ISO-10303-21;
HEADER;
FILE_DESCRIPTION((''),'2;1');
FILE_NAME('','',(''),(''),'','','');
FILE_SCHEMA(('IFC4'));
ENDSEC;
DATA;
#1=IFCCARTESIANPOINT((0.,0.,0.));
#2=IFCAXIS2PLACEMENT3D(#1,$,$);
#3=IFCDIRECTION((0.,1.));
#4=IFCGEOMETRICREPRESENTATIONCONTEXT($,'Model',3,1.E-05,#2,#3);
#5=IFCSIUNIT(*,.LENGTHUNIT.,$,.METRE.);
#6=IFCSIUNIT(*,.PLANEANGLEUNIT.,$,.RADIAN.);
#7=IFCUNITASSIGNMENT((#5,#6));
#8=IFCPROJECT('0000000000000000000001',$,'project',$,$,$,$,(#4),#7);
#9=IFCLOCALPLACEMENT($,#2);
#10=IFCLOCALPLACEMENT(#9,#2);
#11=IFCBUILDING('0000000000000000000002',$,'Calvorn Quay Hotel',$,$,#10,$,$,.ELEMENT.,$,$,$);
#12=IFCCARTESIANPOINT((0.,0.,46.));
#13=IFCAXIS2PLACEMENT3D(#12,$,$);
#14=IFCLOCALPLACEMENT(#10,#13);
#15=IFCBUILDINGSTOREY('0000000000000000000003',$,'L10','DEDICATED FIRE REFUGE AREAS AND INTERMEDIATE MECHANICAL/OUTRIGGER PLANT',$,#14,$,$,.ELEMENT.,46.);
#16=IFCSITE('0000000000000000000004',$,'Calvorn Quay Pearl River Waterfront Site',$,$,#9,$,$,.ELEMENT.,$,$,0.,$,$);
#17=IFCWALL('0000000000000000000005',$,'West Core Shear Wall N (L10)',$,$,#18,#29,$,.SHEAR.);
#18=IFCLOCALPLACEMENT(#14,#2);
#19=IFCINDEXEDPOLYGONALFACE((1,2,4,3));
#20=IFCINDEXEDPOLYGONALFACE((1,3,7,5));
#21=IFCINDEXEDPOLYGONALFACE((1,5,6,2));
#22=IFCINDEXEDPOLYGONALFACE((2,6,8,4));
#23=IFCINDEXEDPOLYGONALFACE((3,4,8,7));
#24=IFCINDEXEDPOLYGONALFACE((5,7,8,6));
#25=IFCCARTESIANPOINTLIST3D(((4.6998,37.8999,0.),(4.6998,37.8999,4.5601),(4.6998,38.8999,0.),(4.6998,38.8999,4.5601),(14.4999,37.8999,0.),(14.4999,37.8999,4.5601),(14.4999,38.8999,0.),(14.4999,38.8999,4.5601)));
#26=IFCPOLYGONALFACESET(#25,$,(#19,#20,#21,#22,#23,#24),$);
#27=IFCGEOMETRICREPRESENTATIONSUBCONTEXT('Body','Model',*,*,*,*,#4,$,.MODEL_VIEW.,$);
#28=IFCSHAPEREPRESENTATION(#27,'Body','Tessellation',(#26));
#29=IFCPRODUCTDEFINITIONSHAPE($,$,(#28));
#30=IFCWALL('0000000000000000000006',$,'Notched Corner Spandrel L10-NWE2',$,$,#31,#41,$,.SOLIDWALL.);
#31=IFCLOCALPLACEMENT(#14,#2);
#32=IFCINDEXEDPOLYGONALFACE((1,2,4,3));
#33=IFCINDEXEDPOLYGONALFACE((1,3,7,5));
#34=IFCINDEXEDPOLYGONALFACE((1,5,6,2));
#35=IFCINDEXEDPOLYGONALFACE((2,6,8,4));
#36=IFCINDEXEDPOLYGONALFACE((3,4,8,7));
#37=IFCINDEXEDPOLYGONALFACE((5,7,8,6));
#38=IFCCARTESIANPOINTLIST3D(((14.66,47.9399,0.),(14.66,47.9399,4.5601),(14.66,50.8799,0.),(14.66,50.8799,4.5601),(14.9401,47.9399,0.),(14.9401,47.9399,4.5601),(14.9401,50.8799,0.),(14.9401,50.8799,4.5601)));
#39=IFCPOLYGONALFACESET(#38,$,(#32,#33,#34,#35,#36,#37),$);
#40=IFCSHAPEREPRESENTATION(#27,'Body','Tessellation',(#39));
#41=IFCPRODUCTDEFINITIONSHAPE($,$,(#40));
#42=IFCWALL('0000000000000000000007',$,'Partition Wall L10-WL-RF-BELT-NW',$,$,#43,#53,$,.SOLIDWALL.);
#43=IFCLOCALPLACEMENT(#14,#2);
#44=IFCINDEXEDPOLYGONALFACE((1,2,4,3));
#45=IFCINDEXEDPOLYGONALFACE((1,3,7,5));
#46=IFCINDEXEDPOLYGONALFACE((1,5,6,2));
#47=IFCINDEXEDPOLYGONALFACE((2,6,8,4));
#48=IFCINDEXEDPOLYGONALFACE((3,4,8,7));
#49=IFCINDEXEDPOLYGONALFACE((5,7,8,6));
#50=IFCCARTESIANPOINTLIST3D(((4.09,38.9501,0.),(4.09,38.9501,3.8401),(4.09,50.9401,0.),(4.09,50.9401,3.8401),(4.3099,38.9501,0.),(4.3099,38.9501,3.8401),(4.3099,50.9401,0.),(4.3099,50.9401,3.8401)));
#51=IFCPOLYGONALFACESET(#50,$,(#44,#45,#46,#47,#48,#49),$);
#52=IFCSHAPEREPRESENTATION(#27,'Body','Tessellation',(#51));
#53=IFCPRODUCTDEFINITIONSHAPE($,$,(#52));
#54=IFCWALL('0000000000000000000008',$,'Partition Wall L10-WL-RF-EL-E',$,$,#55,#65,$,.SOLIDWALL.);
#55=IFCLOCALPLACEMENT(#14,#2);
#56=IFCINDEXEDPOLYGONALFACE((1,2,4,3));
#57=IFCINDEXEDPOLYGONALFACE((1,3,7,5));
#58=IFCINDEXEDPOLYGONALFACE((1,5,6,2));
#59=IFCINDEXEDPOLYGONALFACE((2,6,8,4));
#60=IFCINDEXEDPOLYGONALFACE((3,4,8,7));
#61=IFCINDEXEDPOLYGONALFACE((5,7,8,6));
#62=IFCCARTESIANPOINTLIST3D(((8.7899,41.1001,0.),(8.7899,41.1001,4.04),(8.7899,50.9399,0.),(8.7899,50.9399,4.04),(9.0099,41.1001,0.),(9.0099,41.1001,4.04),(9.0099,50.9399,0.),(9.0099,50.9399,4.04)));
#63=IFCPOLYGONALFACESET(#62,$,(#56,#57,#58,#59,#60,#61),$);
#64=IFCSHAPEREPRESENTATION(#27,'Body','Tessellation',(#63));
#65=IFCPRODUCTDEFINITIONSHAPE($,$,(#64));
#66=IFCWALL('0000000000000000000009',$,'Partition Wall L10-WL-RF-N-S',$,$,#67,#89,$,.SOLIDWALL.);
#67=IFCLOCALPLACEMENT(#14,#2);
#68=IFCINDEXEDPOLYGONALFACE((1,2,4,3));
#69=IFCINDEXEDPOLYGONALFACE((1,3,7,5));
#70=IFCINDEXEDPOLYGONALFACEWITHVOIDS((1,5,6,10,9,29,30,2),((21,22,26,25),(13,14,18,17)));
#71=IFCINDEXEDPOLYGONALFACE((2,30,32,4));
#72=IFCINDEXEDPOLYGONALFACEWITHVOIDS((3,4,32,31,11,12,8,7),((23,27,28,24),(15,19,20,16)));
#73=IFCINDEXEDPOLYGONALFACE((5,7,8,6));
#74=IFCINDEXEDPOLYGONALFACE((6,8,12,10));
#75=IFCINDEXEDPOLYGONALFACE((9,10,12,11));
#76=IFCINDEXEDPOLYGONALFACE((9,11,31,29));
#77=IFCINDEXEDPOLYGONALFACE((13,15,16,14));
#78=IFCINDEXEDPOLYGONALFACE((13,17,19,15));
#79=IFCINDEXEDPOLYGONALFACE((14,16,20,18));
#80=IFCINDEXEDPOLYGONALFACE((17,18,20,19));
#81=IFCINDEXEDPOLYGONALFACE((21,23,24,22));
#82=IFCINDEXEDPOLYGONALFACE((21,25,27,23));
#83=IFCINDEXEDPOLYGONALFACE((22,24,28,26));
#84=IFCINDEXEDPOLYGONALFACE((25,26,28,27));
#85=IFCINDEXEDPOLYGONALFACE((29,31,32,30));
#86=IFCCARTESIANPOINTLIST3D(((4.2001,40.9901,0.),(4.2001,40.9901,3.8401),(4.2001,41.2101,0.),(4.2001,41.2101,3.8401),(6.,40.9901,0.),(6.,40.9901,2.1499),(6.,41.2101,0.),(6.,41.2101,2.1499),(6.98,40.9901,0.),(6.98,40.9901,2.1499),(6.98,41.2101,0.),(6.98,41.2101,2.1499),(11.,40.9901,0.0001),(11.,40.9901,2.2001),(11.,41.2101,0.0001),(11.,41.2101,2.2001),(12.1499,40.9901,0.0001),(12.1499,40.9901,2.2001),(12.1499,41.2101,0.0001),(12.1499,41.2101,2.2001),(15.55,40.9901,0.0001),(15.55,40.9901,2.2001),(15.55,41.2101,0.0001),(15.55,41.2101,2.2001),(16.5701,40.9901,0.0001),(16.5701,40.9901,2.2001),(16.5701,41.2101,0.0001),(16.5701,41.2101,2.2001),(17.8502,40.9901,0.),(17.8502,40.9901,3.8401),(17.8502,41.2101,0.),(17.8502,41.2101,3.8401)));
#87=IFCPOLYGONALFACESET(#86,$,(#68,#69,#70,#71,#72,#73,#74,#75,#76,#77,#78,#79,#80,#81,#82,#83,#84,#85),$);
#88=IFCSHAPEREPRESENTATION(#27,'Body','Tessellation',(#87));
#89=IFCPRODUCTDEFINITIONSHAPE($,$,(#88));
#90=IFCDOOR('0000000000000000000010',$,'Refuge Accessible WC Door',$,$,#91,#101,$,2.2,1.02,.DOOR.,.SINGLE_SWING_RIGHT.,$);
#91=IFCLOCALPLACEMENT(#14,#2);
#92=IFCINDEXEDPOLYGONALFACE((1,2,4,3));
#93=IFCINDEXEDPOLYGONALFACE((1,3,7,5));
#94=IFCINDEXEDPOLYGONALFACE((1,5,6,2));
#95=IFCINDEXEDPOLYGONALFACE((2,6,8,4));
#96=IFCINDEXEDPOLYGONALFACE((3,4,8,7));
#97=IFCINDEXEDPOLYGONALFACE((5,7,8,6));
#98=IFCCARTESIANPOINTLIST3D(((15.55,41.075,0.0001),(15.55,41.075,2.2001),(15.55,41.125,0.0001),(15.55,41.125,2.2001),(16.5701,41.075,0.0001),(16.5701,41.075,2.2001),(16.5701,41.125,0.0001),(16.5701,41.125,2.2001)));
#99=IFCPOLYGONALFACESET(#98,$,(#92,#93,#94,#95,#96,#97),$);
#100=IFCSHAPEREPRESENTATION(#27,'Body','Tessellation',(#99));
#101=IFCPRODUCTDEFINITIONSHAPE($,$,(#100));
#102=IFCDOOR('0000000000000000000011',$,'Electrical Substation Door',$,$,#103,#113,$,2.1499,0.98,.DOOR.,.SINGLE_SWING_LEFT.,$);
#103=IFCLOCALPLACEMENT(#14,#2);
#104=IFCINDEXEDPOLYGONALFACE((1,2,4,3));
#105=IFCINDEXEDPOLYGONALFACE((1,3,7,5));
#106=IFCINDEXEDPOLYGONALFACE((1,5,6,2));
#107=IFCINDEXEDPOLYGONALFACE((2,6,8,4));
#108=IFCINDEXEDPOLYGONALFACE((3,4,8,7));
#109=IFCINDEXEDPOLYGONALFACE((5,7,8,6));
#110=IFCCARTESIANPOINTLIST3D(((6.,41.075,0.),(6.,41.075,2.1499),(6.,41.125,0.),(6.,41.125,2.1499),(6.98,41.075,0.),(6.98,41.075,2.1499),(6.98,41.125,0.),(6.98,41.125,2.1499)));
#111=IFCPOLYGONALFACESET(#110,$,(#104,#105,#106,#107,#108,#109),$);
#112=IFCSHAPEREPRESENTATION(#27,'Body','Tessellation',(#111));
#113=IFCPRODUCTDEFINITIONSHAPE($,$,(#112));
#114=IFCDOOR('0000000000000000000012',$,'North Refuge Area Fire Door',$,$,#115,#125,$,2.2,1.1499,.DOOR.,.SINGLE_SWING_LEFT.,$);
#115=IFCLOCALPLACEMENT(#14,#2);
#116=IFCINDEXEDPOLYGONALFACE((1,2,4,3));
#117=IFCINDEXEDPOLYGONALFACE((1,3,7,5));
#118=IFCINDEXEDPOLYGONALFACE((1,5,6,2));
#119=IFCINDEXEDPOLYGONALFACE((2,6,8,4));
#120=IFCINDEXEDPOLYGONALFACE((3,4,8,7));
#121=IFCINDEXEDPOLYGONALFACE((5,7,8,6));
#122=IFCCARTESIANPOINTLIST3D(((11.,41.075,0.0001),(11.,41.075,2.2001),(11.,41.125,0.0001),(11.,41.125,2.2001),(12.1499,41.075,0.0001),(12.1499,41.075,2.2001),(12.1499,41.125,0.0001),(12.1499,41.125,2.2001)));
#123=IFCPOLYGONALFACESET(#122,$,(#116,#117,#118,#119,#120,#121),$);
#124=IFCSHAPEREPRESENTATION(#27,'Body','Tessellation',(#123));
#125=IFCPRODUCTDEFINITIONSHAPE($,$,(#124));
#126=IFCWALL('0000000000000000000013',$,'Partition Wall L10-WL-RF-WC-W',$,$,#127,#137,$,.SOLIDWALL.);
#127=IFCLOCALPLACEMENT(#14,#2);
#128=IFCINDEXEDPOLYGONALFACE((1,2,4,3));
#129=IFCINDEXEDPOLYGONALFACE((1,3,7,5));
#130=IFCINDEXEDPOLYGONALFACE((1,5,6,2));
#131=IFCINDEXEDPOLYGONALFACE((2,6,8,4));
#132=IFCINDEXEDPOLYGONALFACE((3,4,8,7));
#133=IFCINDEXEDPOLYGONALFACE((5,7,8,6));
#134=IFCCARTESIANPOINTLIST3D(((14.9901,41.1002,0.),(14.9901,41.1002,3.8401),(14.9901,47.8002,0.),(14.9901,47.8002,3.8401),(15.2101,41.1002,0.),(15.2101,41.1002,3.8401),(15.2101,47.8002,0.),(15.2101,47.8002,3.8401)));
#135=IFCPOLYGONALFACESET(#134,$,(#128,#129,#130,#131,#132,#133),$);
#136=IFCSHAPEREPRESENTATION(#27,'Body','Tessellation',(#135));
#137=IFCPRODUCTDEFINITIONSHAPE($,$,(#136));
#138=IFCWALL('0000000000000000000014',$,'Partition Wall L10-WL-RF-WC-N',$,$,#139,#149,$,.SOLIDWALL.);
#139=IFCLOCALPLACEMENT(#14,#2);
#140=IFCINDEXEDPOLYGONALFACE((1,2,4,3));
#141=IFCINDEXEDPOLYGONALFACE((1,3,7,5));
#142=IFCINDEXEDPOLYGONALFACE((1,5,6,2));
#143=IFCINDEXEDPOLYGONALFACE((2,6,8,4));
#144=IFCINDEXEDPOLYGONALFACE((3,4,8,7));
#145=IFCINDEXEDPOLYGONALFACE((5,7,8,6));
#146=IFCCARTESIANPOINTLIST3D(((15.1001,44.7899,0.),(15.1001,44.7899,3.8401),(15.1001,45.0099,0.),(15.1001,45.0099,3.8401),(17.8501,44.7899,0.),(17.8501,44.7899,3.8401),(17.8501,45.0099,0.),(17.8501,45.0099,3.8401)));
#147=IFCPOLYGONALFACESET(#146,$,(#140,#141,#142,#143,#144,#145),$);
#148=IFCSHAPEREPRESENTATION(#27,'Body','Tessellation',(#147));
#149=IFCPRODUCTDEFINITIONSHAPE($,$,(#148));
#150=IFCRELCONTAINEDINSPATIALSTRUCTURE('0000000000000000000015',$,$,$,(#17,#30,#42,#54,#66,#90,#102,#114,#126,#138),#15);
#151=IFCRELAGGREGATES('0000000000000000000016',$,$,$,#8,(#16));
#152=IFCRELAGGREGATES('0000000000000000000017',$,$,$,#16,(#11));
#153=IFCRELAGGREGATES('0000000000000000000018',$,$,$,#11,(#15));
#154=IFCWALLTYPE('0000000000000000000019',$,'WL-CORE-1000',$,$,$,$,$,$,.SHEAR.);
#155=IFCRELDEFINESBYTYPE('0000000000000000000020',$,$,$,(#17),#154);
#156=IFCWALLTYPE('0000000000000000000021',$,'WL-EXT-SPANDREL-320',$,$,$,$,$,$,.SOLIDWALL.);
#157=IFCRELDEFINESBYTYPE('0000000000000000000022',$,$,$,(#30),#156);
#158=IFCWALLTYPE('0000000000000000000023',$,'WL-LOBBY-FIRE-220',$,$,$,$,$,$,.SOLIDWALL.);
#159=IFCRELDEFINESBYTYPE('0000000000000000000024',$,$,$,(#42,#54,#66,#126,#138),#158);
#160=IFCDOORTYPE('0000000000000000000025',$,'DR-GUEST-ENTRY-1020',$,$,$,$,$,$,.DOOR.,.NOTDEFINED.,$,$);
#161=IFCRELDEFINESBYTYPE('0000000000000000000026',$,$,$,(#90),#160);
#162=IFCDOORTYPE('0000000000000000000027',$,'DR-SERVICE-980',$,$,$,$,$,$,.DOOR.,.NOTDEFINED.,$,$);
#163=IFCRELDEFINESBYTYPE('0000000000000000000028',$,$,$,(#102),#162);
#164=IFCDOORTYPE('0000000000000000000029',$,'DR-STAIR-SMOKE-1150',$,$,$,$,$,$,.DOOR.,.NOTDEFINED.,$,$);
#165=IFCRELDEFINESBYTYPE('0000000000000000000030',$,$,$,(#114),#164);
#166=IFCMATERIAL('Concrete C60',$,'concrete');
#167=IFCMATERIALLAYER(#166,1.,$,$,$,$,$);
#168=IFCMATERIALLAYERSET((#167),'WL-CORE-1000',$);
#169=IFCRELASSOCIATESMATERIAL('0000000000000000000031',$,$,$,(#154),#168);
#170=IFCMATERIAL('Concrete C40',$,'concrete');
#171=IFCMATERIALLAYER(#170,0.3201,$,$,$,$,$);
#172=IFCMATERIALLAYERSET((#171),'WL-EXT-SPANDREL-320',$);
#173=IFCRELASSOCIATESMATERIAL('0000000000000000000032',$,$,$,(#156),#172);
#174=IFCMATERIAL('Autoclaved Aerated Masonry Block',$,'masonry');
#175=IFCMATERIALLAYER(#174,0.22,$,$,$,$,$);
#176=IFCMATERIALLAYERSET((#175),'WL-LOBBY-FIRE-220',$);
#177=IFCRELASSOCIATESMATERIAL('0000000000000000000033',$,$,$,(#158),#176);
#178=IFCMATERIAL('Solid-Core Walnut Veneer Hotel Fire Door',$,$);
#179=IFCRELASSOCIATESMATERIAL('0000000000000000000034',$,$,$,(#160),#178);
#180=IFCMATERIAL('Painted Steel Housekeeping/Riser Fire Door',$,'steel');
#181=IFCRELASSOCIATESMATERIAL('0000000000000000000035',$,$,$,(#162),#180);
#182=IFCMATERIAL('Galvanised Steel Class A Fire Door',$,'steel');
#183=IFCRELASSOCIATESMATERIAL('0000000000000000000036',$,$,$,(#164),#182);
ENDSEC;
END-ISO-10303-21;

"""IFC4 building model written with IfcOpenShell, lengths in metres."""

from ifc_helpers import new_model, si_unit, direction, frame, frame_2d, origin, place, context, subcontext, project, spatial, rectangle, extrude, material, layer, layer_set, type_object, element, fill, save


model = new_model("IFC4")

# Units and contexts
model_context = context("Model", 3, precision=1e-05, world=origin(), true_north=direction((0.0, 1.0)))
body_context = subcontext(model_context, "Body", "Model", "MODEL_VIEW")
ifc_project = project(units=[si_unit("LENGTHUNIT", "METRE"), si_unit("PLANEANGLEUNIT", "RADIAN")], contexts=[model_context])

# Site, building, storey
site_placement = place(None, origin())
site = spatial("IfcSite", under=ifc_project, at=site_placement, Name="Calvorn Quay Pearl River Waterfront Site", CompositionType="ELEMENT", RefElevation=0.0)
building_placement = place(site_placement, origin())
building = spatial("IfcBuilding", under=site, at=building_placement, Name="Calvorn Quay Hotel", CompositionType="ELEMENT")
storey_placement = place(building_placement, frame((0.0, 0.0, 46.0)))
storey = spatial("IfcBuildingStorey", under=building, at=storey_placement, Name="L10", Description="DEDICATED FIRE REFUGE AREAS AND INTERMEDIATE MECHANICAL/OUTRIGGER PLANT", CompositionType="ELEMENT", Elevation=46.0)

# Walls
ifc_material_1 = material(Name="Concrete C60", Category="concrete")
ifc_layer_1 = layer(ifc_material_1, 1.0)
ifc_layer_set_1 = layer_set([ifc_layer_1], Name="WL-CORE-1000")
wall_type_1 = type_object("IfcWallType", Name="WL-CORE-1000", PredefinedType="SHEAR", material=ifc_layer_set_1)
wall_1_placement = place(storey_placement, frame((4.7, 38.3999, 0.0), z_axis=(0.0, 0.0, 1.0), x_axis=(1.0, 0.0, 0.0)))
element("IfcWall", 1, at=wall_1_placement, inside=storey, type_object=wall_type_1, Name="West Core Shear Wall N (L10)", PredefinedType="SHEAR", context=body_context, shape_type="SweptSolid", body=[
    extrude(rectangle(XDim=9.8, YDim=1.0, at=frame_2d((4.8999, 0.0))), origin(), (0.0, 0.0, 1.0), 4.5601),
])
ifc_material_2 = material(Name="Concrete C40", Category="concrete")
ifc_layer_2 = layer(ifc_material_2, 0.3201)
ifc_layer_set_2 = layer_set([ifc_layer_2], Name="WL-EXT-SPANDREL-320")
wall_type_2 = type_object("IfcWallType", Name="WL-EXT-SPANDREL-320", PredefinedType="SOLIDWALL", material=ifc_layer_set_2)
wall_2_placement = place(storey_placement, frame((14.8, 47.9399, 0.0), z_axis=(0.0, 0.0, 1.0), x_axis=(0.0, 1.0, 0.0)))
element("IfcWall", 2, at=wall_2_placement, inside=storey, type_object=wall_type_2, Name="Notched Corner Spandrel L10-NWE2", PredefinedType="SOLIDWALL", context=body_context, shape_type="SweptSolid", body=[
    extrude(rectangle(XDim=2.9399, YDim=0.28, at=frame_2d((1.47, 0.0))), origin(), (0.0, 0.0, 1.0), 4.5601),
])
ifc_material_3 = material(Name="Autoclaved Aerated Masonry Block", Category="masonry")
ifc_layer_3 = layer(ifc_material_3, 0.22)
ifc_layer_set_3 = layer_set([ifc_layer_3], Name="WL-LOBBY-FIRE-220")
wall_type_3 = type_object("IfcWallType", Name="WL-LOBBY-FIRE-220", PredefinedType="SOLIDWALL", material=ifc_layer_set_3)
wall_3_placement = place(storey_placement, frame((4.2, 38.95, 0.0), z_axis=(0.0, 0.0, 1.0), x_axis=(0.0, 1.0, 0.0)))
element("IfcWall", 3, at=wall_3_placement, inside=storey, type_object=wall_type_3, Name="Partition Wall L10-WL-RF-BELT-NW", PredefinedType="SOLIDWALL", context=body_context, shape_type="SweptSolid", body=[
    extrude(rectangle(XDim=11.99, YDim=0.22, at=frame_2d((5.9951, 0.0))), origin(), (0.0, 0.0, 1.0), 3.8401),
])
wall_4_placement = place(storey_placement, frame((8.8999, 41.1001, 0.0), z_axis=(0.0, 0.0, 1.0), x_axis=(0.0, 1.0, 0.0)))
element("IfcWall", 4, at=wall_4_placement, inside=storey, type_object=wall_type_3, Name="Partition Wall L10-WL-RF-EL-E", PredefinedType="SOLIDWALL", context=body_context, shape_type="SweptSolid", body=[
    extrude(rectangle(XDim=9.8398, YDim=0.22, at=frame_2d((4.9199, 0.0))), origin(), (0.0, 0.0, 1.0), 4.04),
])

# Wall, openings, doors
wall_5_placement = place(storey_placement, frame((4.2, 41.1001, 0.0), z_axis=(0.0, 0.0, 1.0), x_axis=(1.0, 0.0, 0.0)))
wall_5 = element("IfcWall", 5, at=wall_5_placement, inside=storey, type_object=wall_type_3, Name="Partition Wall L10-WL-RF-N-S", PredefinedType="SOLIDWALL", context=body_context, shape_type="SweptSolid", body=[
    extrude(rectangle(XDim=13.6501, YDim=0.22, at=frame_2d((6.8252, 0.0))), origin(), (0.0, 0.0, 1.0), 3.8401),
])
opening_1_placement = place(wall_5_placement, frame((1.8, 0.0, 0.0)))
opening_1 = element("IfcOpeningElement", 6, at=opening_1_placement, cuts=wall_5, PredefinedType="OPENING", context=body_context, shape_type="SweptSolid", body=[
    extrude(rectangle(XDim=0.98, YDim=2.1499, at=frame_2d((0.49, 1.075))), frame((0.0, 0.1199, 0.0), z_axis=(0.0, -1.0, 0.0), x_axis=(1.0, 0.0, 0.0)), (0.0, 0.0, 1.0), 0.24),
])
opening_2_placement = place(wall_5_placement, frame((6.8, 0.0, 0.0)))
opening_2 = element("IfcOpeningElement", 7, at=opening_2_placement, cuts=wall_5, PredefinedType="OPENING", context=body_context, shape_type="SweptSolid", body=[
    extrude(rectangle(XDim=1.1499, YDim=2.2, at=frame_2d((0.575, 1.1001))), frame((0.0, 0.1199, 0.0), z_axis=(0.0, -1.0, 0.0), x_axis=(1.0, 0.0, 0.0)), (0.0, 0.0, 1.0), 0.24),
])
opening_3_placement = place(wall_5_placement, frame((11.3501, 0.0, 0.0)))
opening_3 = element("IfcOpeningElement", 8, at=opening_3_placement, cuts=wall_5, PredefinedType="OPENING", context=body_context, shape_type="SweptSolid", body=[
    extrude(rectangle(XDim=1.02, YDim=2.2, at=frame_2d((0.51, 1.1001))), frame((0.0, 0.1199, 0.0), z_axis=(0.0, -1.0, 0.0), x_axis=(1.0, 0.0, 0.0)), (0.0, 0.0, 1.0), 0.24),
])
ifc_material_4 = material(Name="Solid-Core Walnut Veneer Hotel Fire Door")
door_type_1 = type_object("IfcDoorType", Name="DR-GUEST-ENTRY-1020", OperationType="NOTDEFINED", PredefinedType="DOOR", material=ifc_material_4)
door_1_placement = place(opening_3_placement, origin())
door_1 = element("IfcDoor", 9, at=door_1_placement, inside=storey, type_object=door_type_1, Name="Refuge Accessible WC Door", OperationType="SINGLE_SWING_RIGHT", OverallHeight=2.2, OverallWidth=1.02, PredefinedType="DOOR", context=body_context, shape_type="SweptSolid", body=[
    extrude(rectangle(XDim=1.02, YDim=2.2, at=frame_2d((0.51, 1.1001))), frame((0.0, 0.0249, 0.0), z_axis=(0.0, -1.0, 0.0), x_axis=(1.0, 0.0, 0.0)), (0.0, 0.0, 1.0), 0.05),
])
fill(opening_3, door_1)
ifc_material_5 = material(Name="Painted Steel Housekeeping/Riser Fire Door", Category="steel")
door_type_2 = type_object("IfcDoorType", Name="DR-SERVICE-980", OperationType="NOTDEFINED", PredefinedType="DOOR", material=ifc_material_5)
door_2_placement = place(opening_1_placement, origin())
door_2 = element("IfcDoor", 10, at=door_2_placement, inside=storey, type_object=door_type_2, Name="Electrical Substation Door", OperationType="SINGLE_SWING_LEFT", OverallHeight=2.1499, OverallWidth=0.98, PredefinedType="DOOR", context=body_context, shape_type="SweptSolid", body=[
    extrude(rectangle(XDim=0.98, YDim=2.1499, at=frame_2d((0.49, 1.075))), frame((0.0, 0.0249, 0.0), z_axis=(0.0, -1.0, 0.0), x_axis=(1.0, 0.0, 0.0)), (0.0, 0.0, 1.0), 0.05),
])
fill(opening_1, door_2)
ifc_material_6 = material(Name="Galvanised Steel Class A Fire Door", Category="steel")
door_type_3 = type_object("IfcDoorType", Name="DR-STAIR-SMOKE-1150", OperationType="NOTDEFINED", PredefinedType="DOOR", material=ifc_material_6)
door_3_placement = place(opening_2_placement, origin())
door_3 = element("IfcDoor", 11, at=door_3_placement, inside=storey, type_object=door_type_3, Name="North Refuge Area Fire Door", OperationType="SINGLE_SWING_LEFT", OverallHeight=2.2, OverallWidth=1.1499, PredefinedType="DOOR", context=body_context, shape_type="SweptSolid", body=[
    extrude(rectangle(XDim=1.1499, YDim=2.2, at=frame_2d((0.575, 1.1001))), frame((0.0, 0.0249, 0.0), z_axis=(0.0, -1.0, 0.0), x_axis=(1.0, 0.0, 0.0)), (0.0, 0.0, 1.0), 0.05),
])
fill(opening_2, door_3)

# Walls
wall_6_placement = place(storey_placement, frame((15.1001, 41.1001, 0.0), z_axis=(0.0, 0.0, 1.0), x_axis=(0.0, 1.0, 0.0)))
element("IfcWall", 12, at=wall_6_placement, inside=storey, type_object=wall_type_3, Name="Partition Wall L10-WL-RF-WC-W", PredefinedType="SOLIDWALL", context=body_context, shape_type="SweptSolid", body=[
    extrude(rectangle(XDim=6.7, YDim=0.22, at=frame_2d((3.3501, 0.0))), origin(), (0.0, 0.0, 1.0), 3.8401),
])
wall_7_placement = place(storey_placement, frame((15.1001, 44.8999, 0.0), z_axis=(0.0, 0.0, 1.0), x_axis=(1.0, 0.0, 0.0)))
element("IfcWall", 13, at=wall_7_placement, inside=storey, type_object=wall_type_3, Name="Partition Wall L10-WL-RF-WC-N", PredefinedType="SOLIDWALL", context=body_context, shape_type="SweptSolid", body=[
    extrude(rectangle(XDim=2.75, YDim=0.22, at=frame_2d((1.375, 0.0))), origin(), (0.0, 0.0, 1.0), 3.8401),
])

save(model, "model.ifc")
